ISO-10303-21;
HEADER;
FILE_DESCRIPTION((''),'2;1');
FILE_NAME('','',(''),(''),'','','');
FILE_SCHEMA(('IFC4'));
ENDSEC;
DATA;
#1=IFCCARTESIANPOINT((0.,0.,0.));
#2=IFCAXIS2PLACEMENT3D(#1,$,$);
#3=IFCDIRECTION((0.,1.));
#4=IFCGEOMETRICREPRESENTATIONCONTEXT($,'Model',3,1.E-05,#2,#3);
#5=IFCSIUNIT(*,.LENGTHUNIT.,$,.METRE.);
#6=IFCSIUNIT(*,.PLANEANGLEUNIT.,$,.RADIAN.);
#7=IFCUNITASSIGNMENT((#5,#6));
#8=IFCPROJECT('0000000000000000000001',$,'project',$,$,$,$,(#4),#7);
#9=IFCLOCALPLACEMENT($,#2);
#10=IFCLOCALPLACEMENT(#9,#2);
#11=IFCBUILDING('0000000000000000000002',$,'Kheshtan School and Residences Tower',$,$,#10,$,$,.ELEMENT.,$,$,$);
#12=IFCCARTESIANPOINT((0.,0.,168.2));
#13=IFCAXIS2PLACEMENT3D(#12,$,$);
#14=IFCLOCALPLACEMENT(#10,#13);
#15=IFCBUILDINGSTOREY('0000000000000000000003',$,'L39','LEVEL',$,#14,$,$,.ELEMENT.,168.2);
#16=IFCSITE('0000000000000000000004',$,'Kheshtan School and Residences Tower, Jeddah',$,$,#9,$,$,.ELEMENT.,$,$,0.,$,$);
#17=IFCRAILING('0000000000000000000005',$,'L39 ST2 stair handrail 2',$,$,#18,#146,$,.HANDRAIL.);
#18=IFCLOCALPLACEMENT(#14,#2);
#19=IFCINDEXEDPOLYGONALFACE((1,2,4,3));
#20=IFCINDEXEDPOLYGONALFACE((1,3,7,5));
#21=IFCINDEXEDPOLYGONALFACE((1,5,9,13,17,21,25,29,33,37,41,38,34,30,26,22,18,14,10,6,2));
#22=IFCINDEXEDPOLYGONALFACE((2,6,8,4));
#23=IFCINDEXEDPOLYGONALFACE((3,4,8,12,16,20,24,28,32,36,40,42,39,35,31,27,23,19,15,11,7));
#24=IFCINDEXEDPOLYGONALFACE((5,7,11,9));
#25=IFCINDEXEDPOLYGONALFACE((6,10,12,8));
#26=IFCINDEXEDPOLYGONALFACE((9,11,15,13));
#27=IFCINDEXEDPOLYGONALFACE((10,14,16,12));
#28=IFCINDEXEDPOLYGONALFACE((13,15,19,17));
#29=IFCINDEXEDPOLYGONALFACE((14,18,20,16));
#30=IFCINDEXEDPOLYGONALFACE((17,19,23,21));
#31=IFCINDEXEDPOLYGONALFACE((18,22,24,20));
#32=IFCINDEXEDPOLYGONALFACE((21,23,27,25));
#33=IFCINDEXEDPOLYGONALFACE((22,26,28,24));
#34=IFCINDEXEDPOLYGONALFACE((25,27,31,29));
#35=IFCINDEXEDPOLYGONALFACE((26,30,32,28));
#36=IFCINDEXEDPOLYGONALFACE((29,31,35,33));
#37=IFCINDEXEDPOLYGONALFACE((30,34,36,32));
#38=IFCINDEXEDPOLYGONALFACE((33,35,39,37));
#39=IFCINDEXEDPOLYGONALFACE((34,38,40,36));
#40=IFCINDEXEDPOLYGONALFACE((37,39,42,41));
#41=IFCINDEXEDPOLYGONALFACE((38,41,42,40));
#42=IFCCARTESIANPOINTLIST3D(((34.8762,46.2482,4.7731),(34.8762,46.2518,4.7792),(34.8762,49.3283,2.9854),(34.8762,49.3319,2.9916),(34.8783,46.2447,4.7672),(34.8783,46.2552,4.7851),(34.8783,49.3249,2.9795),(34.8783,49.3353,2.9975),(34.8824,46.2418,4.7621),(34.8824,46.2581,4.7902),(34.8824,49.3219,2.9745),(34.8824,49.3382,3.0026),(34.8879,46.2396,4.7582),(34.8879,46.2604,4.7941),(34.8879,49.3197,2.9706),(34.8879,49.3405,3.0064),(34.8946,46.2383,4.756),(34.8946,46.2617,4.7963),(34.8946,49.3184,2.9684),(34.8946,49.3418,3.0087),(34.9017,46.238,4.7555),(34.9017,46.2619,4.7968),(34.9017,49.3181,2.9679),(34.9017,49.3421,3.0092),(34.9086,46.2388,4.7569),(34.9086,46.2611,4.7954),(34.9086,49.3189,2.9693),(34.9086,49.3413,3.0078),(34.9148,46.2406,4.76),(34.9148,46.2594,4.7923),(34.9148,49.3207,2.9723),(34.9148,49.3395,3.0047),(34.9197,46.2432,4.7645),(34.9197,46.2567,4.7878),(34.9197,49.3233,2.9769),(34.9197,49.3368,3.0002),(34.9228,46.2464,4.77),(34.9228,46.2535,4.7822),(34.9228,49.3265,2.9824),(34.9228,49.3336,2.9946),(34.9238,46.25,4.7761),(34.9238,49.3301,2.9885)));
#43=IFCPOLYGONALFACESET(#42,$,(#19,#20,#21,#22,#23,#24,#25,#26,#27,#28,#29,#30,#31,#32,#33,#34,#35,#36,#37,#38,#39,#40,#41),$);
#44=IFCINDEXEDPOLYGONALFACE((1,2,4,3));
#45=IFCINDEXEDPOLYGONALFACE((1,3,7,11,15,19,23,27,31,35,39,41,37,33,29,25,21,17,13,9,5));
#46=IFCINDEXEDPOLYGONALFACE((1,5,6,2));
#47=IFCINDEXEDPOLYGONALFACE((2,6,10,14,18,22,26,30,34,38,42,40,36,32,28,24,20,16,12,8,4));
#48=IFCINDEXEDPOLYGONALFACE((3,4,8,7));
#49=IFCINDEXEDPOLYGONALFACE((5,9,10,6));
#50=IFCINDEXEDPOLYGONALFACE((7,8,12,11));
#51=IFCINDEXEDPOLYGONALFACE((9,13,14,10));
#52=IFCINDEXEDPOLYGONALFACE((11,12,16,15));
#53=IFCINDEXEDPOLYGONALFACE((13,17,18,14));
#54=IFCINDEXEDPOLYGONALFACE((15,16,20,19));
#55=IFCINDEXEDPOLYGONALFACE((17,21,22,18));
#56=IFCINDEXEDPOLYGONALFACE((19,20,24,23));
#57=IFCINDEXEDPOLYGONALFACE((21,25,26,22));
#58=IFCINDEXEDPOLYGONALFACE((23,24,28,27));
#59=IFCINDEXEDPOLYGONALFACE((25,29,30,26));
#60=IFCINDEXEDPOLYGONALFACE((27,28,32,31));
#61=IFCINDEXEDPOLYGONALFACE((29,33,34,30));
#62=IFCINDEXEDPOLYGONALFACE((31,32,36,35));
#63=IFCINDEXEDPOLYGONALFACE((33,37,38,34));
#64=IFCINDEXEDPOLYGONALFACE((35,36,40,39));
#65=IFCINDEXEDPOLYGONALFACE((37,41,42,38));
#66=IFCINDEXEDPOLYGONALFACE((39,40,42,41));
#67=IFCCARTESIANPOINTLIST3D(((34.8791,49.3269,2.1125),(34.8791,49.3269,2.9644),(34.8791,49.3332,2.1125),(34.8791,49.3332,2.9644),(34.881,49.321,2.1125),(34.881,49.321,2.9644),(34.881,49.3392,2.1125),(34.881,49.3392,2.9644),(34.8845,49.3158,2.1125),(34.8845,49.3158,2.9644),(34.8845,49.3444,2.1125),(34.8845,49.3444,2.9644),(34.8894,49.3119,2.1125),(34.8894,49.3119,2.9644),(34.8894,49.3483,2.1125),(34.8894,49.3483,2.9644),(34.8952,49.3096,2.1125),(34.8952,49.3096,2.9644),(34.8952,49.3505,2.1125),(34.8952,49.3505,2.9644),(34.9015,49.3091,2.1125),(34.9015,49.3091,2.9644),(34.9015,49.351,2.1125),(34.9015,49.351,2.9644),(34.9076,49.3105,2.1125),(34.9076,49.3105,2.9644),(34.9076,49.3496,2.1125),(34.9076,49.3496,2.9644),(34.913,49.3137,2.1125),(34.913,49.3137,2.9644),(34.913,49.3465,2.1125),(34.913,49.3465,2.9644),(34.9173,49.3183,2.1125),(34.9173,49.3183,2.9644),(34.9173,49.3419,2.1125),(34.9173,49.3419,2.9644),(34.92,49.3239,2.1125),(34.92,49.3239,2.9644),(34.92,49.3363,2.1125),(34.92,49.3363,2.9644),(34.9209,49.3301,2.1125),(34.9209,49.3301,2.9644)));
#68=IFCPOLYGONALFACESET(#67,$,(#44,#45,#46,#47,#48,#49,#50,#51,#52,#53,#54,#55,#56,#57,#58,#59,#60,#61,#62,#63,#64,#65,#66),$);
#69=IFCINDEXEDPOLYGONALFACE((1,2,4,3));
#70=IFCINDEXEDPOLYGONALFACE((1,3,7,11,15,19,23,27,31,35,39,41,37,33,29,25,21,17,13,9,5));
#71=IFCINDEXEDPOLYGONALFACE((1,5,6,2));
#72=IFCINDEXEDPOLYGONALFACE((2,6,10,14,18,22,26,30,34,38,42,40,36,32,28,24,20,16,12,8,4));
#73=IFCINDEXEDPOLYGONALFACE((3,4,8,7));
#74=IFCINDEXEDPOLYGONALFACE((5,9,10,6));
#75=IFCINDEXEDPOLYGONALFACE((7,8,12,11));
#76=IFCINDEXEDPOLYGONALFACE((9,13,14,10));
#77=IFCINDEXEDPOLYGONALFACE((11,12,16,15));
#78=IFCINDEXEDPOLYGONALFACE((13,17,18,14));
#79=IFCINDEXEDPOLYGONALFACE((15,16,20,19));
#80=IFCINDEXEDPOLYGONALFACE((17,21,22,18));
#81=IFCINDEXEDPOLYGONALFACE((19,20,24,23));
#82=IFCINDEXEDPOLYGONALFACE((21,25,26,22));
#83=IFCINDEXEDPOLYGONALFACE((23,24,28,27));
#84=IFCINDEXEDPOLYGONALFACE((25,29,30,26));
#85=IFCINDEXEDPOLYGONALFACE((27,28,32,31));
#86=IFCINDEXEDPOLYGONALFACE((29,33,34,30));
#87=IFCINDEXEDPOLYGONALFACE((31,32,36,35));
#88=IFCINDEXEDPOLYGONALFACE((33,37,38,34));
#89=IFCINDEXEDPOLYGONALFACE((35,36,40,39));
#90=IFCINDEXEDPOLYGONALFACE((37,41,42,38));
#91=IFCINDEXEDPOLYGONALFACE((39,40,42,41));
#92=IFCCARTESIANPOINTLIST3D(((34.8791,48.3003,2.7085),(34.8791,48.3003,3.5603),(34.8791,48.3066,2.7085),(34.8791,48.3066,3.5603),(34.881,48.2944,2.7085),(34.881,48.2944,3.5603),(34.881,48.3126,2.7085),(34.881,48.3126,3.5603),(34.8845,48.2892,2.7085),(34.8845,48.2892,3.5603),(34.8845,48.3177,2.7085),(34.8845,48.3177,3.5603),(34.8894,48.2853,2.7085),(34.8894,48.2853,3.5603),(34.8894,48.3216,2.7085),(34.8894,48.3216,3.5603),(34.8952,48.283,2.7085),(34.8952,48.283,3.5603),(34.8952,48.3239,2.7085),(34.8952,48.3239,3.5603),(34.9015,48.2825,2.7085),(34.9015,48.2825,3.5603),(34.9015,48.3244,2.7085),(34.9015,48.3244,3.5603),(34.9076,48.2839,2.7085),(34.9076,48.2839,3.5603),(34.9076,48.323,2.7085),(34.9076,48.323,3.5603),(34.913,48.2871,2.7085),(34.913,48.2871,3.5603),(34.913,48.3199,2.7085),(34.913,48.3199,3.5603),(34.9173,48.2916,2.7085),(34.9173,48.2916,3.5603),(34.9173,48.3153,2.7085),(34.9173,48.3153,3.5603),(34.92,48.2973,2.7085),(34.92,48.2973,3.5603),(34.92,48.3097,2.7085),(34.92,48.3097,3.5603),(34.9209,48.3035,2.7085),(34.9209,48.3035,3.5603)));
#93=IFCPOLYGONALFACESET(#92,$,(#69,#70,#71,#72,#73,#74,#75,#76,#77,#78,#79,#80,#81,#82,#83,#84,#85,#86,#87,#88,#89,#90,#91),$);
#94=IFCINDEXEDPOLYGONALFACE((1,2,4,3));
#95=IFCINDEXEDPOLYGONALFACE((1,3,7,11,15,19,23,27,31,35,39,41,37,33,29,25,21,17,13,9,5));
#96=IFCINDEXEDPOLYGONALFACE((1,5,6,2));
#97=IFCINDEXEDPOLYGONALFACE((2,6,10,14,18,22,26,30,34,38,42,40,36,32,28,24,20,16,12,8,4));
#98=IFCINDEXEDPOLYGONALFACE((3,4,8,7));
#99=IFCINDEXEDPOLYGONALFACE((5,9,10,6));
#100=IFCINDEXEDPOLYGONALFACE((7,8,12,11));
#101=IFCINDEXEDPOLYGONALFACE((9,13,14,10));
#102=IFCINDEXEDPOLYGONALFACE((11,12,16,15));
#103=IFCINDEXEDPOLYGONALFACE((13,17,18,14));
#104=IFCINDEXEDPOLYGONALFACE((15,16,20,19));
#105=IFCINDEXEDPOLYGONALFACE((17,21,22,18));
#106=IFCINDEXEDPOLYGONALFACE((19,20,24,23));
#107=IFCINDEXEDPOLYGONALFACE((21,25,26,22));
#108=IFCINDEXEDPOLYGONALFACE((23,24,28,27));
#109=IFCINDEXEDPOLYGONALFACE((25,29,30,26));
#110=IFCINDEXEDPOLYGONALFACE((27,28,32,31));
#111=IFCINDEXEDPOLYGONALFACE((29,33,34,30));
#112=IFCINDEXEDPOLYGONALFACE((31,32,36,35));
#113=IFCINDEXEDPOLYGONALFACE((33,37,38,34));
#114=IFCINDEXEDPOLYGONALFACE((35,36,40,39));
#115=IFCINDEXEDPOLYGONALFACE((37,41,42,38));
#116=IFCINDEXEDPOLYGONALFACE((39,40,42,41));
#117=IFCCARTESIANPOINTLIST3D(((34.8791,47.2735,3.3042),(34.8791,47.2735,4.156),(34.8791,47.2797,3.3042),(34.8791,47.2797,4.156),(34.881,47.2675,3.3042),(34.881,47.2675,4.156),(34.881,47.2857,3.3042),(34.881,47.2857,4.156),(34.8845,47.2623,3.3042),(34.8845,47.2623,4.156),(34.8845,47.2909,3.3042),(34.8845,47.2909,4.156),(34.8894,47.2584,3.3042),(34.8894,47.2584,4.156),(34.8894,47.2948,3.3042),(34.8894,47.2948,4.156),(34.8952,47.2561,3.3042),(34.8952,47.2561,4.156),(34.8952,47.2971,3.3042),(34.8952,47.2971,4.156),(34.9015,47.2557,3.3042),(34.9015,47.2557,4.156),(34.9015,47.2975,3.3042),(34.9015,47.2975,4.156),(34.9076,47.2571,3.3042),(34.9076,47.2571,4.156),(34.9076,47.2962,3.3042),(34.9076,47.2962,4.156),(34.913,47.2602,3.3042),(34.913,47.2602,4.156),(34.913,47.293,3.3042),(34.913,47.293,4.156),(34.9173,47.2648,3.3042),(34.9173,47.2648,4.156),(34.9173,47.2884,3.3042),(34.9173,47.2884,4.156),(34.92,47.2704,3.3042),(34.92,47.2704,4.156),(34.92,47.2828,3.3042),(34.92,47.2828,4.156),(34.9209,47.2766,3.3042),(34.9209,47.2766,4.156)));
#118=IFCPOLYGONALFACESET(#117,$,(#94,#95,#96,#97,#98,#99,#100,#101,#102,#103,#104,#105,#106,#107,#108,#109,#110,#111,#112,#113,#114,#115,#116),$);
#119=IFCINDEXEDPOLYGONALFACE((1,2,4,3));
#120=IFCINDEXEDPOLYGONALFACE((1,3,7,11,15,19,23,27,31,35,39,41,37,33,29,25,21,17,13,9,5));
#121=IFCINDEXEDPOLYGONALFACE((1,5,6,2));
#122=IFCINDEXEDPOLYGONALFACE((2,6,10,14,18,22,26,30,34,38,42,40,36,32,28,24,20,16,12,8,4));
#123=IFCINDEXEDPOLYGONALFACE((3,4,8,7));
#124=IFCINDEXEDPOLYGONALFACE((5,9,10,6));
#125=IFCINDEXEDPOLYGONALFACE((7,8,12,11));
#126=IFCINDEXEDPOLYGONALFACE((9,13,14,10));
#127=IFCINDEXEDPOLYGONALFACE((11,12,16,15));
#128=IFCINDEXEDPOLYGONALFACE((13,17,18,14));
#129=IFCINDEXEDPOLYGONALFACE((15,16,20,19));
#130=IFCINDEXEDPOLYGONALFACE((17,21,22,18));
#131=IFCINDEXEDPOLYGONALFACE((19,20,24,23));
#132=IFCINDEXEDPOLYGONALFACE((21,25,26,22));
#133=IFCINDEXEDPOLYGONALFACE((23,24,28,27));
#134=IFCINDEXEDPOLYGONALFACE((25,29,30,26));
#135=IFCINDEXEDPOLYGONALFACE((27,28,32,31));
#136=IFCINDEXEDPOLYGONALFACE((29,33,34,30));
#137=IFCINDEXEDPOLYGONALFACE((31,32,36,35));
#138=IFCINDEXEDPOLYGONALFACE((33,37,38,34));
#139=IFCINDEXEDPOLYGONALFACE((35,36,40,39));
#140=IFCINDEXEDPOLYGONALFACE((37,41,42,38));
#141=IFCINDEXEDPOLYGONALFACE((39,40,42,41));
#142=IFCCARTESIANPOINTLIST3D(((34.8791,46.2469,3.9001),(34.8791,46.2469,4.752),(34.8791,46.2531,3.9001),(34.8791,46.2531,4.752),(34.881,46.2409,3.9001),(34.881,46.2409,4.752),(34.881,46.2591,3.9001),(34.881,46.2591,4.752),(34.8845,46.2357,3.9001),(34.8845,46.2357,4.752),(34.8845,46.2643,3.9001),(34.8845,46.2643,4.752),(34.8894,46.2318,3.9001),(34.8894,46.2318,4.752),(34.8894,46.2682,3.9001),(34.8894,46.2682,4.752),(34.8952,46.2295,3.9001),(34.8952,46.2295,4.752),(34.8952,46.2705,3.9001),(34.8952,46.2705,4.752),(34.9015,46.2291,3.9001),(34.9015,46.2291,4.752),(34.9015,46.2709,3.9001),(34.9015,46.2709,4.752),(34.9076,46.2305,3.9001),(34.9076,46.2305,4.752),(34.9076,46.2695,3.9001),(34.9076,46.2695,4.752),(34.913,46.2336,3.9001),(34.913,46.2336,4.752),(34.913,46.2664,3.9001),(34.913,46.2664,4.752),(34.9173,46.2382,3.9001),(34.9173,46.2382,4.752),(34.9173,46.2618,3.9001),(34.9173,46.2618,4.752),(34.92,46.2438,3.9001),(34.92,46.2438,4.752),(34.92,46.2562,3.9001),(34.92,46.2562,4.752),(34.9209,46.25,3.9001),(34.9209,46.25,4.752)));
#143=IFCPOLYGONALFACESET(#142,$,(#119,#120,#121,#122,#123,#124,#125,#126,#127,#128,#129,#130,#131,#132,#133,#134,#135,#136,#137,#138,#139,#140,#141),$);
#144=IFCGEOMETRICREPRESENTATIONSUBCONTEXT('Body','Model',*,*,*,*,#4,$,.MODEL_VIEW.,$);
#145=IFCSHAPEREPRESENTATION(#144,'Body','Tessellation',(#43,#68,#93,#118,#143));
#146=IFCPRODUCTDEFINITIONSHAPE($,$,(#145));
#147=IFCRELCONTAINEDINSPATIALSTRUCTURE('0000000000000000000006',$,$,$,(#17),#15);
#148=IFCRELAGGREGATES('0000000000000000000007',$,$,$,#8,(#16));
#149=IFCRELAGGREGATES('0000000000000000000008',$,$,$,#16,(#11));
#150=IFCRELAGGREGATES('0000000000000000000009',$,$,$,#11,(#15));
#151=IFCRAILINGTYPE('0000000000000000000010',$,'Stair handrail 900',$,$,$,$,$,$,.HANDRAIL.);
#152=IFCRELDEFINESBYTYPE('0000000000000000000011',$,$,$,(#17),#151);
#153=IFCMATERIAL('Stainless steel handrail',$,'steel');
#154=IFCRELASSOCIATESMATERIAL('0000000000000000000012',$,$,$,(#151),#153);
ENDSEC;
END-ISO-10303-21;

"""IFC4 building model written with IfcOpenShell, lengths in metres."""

from ifc_helpers import new_model, si_unit, direction, frame, origin, origin_2d, place, context, subcontext, project, spatial, circle, extrude, material, type_object, element, save


model = new_model("IFC4")

# Units and contexts
model_context = context("Model", 3, precision=1e-05, world=origin(), true_north=direction((0.0, 1.0)))
body_context = subcontext(model_context, "Body", "Model", "MODEL_VIEW")
ifc_project = project(units=[si_unit("LENGTHUNIT", "METRE"), si_unit("PLANEANGLEUNIT", "RADIAN")], contexts=[model_context])

# Site, building, storey
site_placement = place(None, origin())
site = spatial("IfcSite", under=ifc_project, at=site_placement, Name="Kheshtan School and Residences Tower, Jeddah", CompositionType="ELEMENT", RefElevation=0.0)
building_placement = place(site_placement, origin())
building = spatial("IfcBuilding", under=site, at=building_placement, Name="Kheshtan School and Residences Tower", CompositionType="ELEMENT")
storey_placement = place(building_placement, frame((0.0, 0.0, 168.2)))
storey = spatial("IfcBuildingStorey", under=building, at=storey_placement, Name="L39", Description="LEVEL", CompositionType="ELEMENT", Elevation=168.2)

# Railing
ifc_material_1 = material(Name="Stainless steel handrail", Category="steel")
railing_type_1 = type_object("IfcRailingType", Name="Stair handrail 900", PredefinedType="HANDRAIL", material=ifc_material_1)
railing_1_placement = place(storey_placement, frame((34.8999, 49.3301, 2.1125)))
element("IfcRailing", 1, at=railing_1_placement, inside=storey, type_object=railing_type_1, Name="L39 ST2 stair handrail 2", PredefinedType="HANDRAIL", context=body_context, shape_type="SweptSolid", body=[
    extrude(circle(Radius=0.0239, at=origin_2d()), frame((0.0, 0.0, 0.876), z_axis=(0.0, -0.864891, 0.50196), x_axis=(1.0, 0.0, 0.0)), (0.0, 0.0, 1.0), 3.5613),
    extrude(circle(Radius=0.021, at=origin_2d()), origin(), (0.0, 0.0, 1.0), 0.8518),
    extrude(circle(Radius=0.021, at=origin_2d()), frame((0.0, -1.0266, 0.5959)), (0.0, 0.0, 1.0), 0.8518),
    extrude(circle(Radius=0.021, at=origin_2d()), frame((0.0, -2.0535, 1.1917)), (0.0, 0.0, 1.0), 0.8518),
    extrude(circle(Radius=0.021, at=origin_2d()), frame((0.0, -3.0801, 1.7876)), (0.0, 0.0, 1.0), 0.8518),
])

save(model, "model.ifc")
